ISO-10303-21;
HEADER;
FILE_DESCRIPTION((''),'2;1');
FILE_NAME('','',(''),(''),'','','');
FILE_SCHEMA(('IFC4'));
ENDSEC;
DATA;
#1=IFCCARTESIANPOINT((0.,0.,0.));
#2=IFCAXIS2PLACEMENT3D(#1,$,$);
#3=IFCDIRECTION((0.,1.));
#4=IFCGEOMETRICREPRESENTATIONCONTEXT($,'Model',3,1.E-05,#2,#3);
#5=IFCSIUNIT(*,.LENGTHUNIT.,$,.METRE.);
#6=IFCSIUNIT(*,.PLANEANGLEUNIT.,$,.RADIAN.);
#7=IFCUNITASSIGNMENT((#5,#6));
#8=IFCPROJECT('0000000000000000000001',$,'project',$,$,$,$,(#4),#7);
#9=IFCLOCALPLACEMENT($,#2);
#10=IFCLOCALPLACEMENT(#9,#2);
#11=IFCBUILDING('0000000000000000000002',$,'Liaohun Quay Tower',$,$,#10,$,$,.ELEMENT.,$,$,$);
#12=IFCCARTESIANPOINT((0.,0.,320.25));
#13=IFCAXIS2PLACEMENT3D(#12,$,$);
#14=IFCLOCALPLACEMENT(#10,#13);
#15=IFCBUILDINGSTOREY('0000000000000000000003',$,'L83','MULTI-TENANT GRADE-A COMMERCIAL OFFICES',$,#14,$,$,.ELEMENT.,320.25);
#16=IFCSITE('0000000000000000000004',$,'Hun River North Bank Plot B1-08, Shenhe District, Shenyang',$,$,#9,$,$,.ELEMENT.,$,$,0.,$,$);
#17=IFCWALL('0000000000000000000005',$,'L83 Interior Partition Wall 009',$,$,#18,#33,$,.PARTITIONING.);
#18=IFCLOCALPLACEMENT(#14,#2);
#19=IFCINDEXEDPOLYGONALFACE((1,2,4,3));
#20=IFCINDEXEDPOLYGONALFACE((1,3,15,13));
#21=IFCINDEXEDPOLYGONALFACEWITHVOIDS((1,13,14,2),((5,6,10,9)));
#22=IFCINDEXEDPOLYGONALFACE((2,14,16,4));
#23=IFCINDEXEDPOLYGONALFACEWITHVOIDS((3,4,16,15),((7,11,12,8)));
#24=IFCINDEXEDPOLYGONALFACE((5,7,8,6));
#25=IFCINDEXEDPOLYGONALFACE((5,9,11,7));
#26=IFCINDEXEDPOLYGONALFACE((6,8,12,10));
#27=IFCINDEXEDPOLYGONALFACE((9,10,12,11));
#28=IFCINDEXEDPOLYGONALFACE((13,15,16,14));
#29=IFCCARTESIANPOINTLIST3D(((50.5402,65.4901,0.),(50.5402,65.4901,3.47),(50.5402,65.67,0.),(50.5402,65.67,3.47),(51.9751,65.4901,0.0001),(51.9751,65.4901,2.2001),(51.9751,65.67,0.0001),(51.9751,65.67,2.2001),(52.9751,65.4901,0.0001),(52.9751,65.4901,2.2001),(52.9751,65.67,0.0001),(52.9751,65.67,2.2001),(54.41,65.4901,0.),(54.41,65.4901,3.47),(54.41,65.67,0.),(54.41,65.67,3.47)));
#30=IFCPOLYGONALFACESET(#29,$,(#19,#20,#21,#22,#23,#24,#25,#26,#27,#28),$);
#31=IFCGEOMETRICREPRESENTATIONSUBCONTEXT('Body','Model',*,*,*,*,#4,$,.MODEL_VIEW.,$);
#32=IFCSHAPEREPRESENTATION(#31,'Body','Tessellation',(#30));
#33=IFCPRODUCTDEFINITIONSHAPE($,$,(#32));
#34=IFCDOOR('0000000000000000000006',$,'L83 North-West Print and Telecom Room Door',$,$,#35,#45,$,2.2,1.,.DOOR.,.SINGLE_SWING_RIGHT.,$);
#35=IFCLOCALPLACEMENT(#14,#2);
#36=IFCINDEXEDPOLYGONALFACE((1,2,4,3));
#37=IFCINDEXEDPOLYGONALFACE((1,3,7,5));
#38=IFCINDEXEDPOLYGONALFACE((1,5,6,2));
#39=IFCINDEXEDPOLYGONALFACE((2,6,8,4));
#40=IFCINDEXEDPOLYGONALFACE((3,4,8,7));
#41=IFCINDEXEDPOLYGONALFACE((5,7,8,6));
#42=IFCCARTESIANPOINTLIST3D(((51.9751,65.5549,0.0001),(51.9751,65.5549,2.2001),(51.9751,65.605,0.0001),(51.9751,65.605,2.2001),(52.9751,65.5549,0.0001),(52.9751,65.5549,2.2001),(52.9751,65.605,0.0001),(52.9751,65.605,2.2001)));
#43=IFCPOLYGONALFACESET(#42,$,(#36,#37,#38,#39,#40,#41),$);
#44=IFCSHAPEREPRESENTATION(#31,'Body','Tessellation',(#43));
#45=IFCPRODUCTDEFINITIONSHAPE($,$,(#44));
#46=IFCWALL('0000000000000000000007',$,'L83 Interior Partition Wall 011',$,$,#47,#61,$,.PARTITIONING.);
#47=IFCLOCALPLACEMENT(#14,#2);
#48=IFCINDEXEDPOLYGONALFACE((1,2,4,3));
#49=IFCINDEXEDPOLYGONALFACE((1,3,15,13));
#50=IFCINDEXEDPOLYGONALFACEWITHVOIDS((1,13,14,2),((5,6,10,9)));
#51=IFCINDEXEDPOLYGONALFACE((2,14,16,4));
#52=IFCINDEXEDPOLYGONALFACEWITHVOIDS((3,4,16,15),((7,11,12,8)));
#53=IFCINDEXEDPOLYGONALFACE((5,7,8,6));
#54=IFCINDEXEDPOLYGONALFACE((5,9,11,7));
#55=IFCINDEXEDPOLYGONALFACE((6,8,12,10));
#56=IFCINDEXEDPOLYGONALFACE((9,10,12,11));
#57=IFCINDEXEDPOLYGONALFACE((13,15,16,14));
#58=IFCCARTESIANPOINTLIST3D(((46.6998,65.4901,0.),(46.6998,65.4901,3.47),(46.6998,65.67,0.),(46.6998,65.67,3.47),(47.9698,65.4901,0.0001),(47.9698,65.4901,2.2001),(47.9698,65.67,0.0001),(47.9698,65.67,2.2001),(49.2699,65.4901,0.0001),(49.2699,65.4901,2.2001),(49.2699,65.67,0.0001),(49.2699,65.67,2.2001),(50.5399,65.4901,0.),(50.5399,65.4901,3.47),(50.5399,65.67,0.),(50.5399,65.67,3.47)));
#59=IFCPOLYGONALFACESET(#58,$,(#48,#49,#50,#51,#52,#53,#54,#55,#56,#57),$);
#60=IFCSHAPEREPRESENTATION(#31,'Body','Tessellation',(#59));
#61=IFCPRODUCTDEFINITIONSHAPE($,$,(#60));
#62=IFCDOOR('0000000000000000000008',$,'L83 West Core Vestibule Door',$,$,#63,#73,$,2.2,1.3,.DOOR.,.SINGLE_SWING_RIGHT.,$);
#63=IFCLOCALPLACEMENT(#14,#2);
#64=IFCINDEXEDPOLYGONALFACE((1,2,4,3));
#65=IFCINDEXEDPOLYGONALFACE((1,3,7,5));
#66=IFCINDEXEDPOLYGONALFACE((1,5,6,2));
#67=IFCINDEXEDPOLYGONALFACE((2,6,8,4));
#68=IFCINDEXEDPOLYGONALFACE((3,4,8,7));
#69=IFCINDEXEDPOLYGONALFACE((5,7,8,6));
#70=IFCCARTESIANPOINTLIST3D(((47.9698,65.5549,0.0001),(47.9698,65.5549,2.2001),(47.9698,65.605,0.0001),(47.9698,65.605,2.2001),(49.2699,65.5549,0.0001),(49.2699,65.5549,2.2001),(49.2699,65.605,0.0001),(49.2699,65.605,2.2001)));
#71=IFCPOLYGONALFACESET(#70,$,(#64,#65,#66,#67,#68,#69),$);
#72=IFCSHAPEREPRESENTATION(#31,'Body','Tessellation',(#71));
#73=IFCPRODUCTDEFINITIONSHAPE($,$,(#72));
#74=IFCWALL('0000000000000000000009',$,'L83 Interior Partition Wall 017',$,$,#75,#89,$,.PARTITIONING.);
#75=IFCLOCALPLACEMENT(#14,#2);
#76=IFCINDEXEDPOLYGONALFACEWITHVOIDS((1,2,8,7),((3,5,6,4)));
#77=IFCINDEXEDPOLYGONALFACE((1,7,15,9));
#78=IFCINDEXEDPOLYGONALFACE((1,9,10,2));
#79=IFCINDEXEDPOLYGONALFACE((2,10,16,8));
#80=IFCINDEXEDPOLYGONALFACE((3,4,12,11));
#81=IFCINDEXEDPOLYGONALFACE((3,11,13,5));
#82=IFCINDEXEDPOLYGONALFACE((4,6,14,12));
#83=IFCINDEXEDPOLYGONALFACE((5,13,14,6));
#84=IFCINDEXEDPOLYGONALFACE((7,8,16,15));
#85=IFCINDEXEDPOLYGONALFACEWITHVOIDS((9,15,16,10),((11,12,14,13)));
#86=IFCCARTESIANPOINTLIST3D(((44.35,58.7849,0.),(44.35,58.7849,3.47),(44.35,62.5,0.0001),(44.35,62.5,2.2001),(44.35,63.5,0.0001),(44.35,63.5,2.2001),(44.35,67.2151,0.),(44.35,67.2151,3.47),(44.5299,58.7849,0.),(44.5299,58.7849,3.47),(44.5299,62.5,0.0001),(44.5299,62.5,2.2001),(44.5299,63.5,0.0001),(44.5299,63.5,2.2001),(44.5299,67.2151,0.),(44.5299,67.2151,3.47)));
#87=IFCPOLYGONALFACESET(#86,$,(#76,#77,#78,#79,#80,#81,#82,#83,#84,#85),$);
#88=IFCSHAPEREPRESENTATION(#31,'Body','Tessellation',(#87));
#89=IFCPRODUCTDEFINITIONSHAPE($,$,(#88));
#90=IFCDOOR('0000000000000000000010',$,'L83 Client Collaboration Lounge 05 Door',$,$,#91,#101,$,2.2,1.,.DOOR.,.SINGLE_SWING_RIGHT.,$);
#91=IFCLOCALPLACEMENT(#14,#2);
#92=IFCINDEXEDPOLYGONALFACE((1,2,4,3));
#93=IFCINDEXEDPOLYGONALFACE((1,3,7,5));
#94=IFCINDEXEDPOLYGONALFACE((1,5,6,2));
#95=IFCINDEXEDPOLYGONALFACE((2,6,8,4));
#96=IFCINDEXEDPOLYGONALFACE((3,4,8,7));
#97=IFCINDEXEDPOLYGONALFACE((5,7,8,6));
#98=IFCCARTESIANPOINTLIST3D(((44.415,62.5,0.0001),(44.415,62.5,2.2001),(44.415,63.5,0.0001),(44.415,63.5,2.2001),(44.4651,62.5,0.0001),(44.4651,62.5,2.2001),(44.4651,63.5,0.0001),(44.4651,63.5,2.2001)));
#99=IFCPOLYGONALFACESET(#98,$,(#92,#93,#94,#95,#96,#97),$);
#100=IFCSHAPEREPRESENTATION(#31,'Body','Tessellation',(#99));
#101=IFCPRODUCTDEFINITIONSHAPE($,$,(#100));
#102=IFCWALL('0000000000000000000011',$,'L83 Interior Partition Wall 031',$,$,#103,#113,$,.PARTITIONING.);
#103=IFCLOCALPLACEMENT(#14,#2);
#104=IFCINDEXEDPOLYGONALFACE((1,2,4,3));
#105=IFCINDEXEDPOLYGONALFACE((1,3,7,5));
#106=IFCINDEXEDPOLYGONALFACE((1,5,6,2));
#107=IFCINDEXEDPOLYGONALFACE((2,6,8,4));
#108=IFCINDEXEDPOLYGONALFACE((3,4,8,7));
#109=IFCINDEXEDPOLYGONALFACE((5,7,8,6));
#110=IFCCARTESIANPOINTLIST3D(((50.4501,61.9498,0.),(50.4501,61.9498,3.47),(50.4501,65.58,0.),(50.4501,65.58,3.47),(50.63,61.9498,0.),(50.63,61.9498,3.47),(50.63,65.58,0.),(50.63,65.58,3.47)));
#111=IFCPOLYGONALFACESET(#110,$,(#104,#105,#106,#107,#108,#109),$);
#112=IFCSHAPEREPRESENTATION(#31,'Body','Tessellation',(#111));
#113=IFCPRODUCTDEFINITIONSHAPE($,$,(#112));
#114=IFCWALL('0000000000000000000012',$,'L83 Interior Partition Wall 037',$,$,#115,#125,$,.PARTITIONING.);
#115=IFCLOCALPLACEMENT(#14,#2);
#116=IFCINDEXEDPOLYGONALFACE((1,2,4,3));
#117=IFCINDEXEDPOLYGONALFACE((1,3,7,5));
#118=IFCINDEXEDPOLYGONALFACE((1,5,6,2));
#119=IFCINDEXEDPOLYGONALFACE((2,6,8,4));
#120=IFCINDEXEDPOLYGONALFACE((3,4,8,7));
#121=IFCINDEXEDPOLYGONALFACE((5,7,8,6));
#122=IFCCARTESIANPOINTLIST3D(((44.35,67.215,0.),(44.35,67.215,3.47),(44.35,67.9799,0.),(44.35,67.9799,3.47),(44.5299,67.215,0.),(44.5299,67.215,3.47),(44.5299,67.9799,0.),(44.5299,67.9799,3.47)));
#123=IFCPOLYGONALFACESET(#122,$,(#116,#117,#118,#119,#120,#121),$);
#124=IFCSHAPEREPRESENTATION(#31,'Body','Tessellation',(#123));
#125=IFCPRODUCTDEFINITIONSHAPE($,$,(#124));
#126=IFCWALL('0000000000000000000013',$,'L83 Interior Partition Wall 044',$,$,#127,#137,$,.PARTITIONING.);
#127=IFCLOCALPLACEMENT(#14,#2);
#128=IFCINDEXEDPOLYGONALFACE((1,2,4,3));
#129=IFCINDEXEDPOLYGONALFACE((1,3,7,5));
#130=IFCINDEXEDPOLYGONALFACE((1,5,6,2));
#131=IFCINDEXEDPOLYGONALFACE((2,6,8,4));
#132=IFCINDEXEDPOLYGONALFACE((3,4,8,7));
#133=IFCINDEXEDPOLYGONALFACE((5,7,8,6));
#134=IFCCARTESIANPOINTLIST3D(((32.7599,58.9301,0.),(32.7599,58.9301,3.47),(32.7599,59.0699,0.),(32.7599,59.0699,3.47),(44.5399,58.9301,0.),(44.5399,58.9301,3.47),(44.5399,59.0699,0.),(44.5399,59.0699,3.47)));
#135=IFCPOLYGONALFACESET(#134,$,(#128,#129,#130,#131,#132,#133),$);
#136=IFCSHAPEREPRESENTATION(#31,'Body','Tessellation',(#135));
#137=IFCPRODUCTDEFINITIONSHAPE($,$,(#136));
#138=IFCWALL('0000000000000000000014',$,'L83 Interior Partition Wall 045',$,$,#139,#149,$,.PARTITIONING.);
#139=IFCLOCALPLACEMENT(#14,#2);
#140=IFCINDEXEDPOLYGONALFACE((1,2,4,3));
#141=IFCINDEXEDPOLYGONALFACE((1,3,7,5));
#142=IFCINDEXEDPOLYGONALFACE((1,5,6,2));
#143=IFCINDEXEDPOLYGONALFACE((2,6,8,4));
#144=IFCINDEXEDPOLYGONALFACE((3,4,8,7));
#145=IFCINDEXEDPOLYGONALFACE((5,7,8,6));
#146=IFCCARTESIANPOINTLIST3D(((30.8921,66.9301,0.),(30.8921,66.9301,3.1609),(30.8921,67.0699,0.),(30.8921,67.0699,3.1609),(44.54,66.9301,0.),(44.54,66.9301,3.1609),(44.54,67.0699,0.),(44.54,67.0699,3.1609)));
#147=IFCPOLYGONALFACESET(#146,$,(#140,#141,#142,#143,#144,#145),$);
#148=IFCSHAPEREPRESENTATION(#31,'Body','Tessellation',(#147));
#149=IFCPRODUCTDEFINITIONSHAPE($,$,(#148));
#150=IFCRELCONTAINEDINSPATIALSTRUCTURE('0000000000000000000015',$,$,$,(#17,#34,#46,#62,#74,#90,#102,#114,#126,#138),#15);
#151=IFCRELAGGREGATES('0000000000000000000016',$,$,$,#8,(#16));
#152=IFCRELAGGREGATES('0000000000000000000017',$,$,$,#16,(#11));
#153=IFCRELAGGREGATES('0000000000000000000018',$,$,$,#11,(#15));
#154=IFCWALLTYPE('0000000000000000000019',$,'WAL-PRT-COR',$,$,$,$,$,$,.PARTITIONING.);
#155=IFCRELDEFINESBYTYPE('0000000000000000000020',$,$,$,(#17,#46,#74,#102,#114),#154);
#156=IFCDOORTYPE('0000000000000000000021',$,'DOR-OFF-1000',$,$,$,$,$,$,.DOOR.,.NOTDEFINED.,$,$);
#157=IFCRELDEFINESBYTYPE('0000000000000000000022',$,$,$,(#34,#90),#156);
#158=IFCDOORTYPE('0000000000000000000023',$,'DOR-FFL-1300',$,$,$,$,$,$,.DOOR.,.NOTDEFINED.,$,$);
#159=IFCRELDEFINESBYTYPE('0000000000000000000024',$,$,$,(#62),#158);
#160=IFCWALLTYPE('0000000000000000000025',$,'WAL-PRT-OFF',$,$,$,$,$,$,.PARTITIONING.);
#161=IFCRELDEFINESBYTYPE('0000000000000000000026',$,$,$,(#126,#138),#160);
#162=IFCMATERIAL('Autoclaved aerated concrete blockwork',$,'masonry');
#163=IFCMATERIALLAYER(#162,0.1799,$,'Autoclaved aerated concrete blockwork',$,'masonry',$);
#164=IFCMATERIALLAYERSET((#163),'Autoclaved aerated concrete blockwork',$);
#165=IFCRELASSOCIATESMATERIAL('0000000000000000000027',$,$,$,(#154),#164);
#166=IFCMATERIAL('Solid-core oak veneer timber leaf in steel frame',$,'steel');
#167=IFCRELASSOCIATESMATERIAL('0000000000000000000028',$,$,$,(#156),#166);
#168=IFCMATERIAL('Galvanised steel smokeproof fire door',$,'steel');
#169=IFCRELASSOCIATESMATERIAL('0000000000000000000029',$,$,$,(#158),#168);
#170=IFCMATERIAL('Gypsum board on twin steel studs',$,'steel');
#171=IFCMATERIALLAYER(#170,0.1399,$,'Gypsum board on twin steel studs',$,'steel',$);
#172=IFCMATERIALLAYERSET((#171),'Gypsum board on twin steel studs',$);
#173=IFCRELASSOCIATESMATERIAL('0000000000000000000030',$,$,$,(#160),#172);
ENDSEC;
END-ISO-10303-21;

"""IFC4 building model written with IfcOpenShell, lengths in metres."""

from ifc_helpers import new_model, si_unit, direction, frame, frame_2d, origin, place, context, subcontext, project, spatial, rectangle, extrude, source, transform, mapped, material, layer, layer_set, type_object, element, fill, save


model = new_model("IFC4")

# Units and contexts
model_context = context("Model", 3, precision=1e-05, world=origin(), true_north=direction((0.0, 1.0)))
body_context = subcontext(model_context, "Body", "Model", "MODEL_VIEW")
ifc_project = project(units=[si_unit("LENGTHUNIT", "METRE"), si_unit("PLANEANGLEUNIT", "RADIAN")], contexts=[model_context])

# Site, building, storey
site_placement = place(None, origin())
site = spatial("IfcSite", under=ifc_project, at=site_placement, Name="Hun River North Bank Plot B1-08, Shenhe District, Shenyang", CompositionType="ELEMENT", RefElevation=0.0)
building_placement = place(site_placement, origin())
building = spatial("IfcBuilding", under=site, at=building_placement, Name="Liaohun Quay Tower", CompositionType="ELEMENT")
storey_placement = place(building_placement, frame((0.0, 0.0, 320.25)))
storey = spatial("IfcBuildingStorey", under=building, at=storey_placement, Name="L83", Description="MULTI-TENANT GRADE-A COMMERCIAL OFFICES", CompositionType="ELEMENT", Elevation=320.25)

# Walls, openings, doors
ifc_material_1 = material(Name="Autoclaved aerated concrete blockwork", Category="masonry")
ifc_layer_1 = layer(ifc_material_1, 0.1799, Name="Autoclaved aerated concrete blockwork", Category="masonry")
ifc_layer_set_1 = layer_set([ifc_layer_1], Name="Autoclaved aerated concrete blockwork")
wall_type_1 = type_object("IfcWallType", Name="WAL-PRT-COR", PredefinedType="PARTITIONING", material=ifc_layer_set_1)
wall_1_placement = place(storey_placement, frame((50.54, 65.5801, 0.0), z_axis=(0.0, 0.0, 1.0), x_axis=(1.0, 0.0, 0.0)))
wall_1 = element("IfcWall", 1, at=wall_1_placement, inside=storey, type_object=wall_type_1, Name="L83 Interior Partition Wall 009", PredefinedType="PARTITIONING", context=body_context, shape_type="SweptSolid", body=[
    extrude(rectangle(XDim=3.8699, YDim=0.1799, at=frame_2d((1.9351, 0.0))), origin(), (0.0, 0.0, 1.0), 3.47),
])
shared_shape_1 = source(origin(), body_context, "Body", "SweptSolid", [
    extrude(rectangle(XDim=1.0, YDim=2.2, at=frame_2d((0.5, 1.1001))), frame((0.0, 0.0999, 0.0), z_axis=(0.0, -1.0, 0.0), x_axis=(1.0, 0.0, 0.0)), (0.0, 0.0, 1.0), 0.2),
])
opening_1_placement = place(wall_1_placement, frame((1.4351, 0.0, 0.0)))
opening_1 = element("IfcOpeningElement", 2, at=opening_1_placement, cuts=wall_1, PredefinedType="OPENING", context=body_context, shape_type="MappedRepresentation", body=[
    mapped(shared_shape_1, transform((0.0, 0.0, 0.0), x_axis=(1.0, 0.0, 0.0), y_axis=(0.0, 1.0, 0.0), z_axis=(0.0, 0.0, 1.0), scale=1.0)),
])
ifc_material_2 = material(Name="Solid-core oak veneer timber leaf in steel frame", Category="steel")
door_type_1 = type_object("IfcDoorType", Name="DOR-OFF-1000", OperationType="NOTDEFINED", PredefinedType="DOOR", material=ifc_material_2)
shared_shape_2 = source(origin(), body_context, "Body", "SweptSolid", [
    extrude(rectangle(XDim=1.0, YDim=2.2, at=frame_2d((0.5, 1.1001))), frame((0.0, 0.0249, 0.0), z_axis=(0.0, -1.0, 0.0), x_axis=(1.0, 0.0, 0.0)), (0.0, 0.0, 1.0), 0.05),
])
door_1_placement = place(opening_1_placement, origin())
door_1 = element("IfcDoor", 3, at=door_1_placement, inside=storey, type_object=door_type_1, Name="L83 North-West Print and Telecom Room Door", OperationType="SINGLE_SWING_RIGHT", OverallHeight=2.2, OverallWidth=1.0, PredefinedType="DOOR", context=body_context, shape_type="MappedRepresentation", body=[
    mapped(shared_shape_2, transform((0.0, 0.0, 0.0), x_axis=(1.0, 0.0, 0.0), y_axis=(0.0, 1.0, 0.0), z_axis=(0.0, 0.0, 1.0), scale=1.0)),
])
fill(opening_1, door_1)
wall_2_placement = place(storey_placement, frame((46.7, 65.5801, 0.0), z_axis=(0.0, 0.0, 1.0), x_axis=(1.0, 0.0, 0.0)))
wall_2 = element("IfcWall", 4, at=wall_2_placement, inside=storey, type_object=wall_type_1, Name="L83 Interior Partition Wall 011", PredefinedType="PARTITIONING", context=body_context, shape_type="SweptSolid", body=[
    extrude(rectangle(XDim=3.8401, YDim=0.1799, at=frame_2d((1.9199, 0.0))), origin(), (0.0, 0.0, 1.0), 3.47),
])
shared_shape_3 = source(origin(), body_context, "Body", "SweptSolid", [
    extrude(rectangle(XDim=1.3, YDim=2.2, at=frame_2d((0.6499, 1.1001))), frame((0.0, 0.0999, 0.0), z_axis=(0.0, -1.0, 0.0), x_axis=(1.0, 0.0, 0.0)), (0.0, 0.0, 1.0), 0.2),
])
opening_2_placement = place(wall_2_placement, frame((1.27, 0.0, 0.0)))
opening_2 = element("IfcOpeningElement", 5, at=opening_2_placement, cuts=wall_2, PredefinedType="OPENING", context=body_context, shape_type="MappedRepresentation", body=[
    mapped(shared_shape_3, transform((0.0, 0.0, 0.0), x_axis=(1.0, 0.0, 0.0), y_axis=(0.0, 1.0, 0.0), z_axis=(0.0, 0.0, 1.0), scale=1.0)),
])
ifc_material_3 = material(Name="Galvanised steel smokeproof fire door", Category="steel")
door_type_2 = type_object("IfcDoorType", Name="DOR-FFL-1300", OperationType="NOTDEFINED", PredefinedType="DOOR", material=ifc_material_3)
shared_shape_4 = source(origin(), body_context, "Body", "SweptSolid", [
    extrude(rectangle(XDim=1.3, YDim=2.2, at=frame_2d((0.6499, 1.1001))), frame((0.0, 0.0249, 0.0), z_axis=(0.0, -1.0, 0.0), x_axis=(1.0, 0.0, 0.0)), (0.0, 0.0, 1.0), 0.05),
])
door_2_placement = place(opening_2_placement, origin())
door_2 = element("IfcDoor", 6, at=door_2_placement, inside=storey, type_object=door_type_2, Name="L83 West Core Vestibule Door", OperationType="SINGLE_SWING_RIGHT", OverallHeight=2.2, OverallWidth=1.3, PredefinedType="DOOR", context=body_context, shape_type="MappedRepresentation", body=[
    mapped(shared_shape_4, transform((0.0, 0.0, 0.0), x_axis=(1.0, 0.0, 0.0), y_axis=(0.0, 1.0, 0.0), z_axis=(0.0, 0.0, 1.0), scale=1.0)),
])
fill(opening_2, door_2)
wall_3_placement = place(storey_placement, frame((44.4399, 58.7849, 0.0), z_axis=(0.0, 0.0, 1.0), x_axis=(0.0, 1.0, 0.0)))
wall_3 = element("IfcWall", 7, at=wall_3_placement, inside=storey, type_object=wall_type_1, Name="L83 Interior Partition Wall 017", PredefinedType="PARTITIONING", context=body_context, shape_type="SweptSolid", body=[
    extrude(rectangle(XDim=8.4302, YDim=0.1799, at=frame_2d((4.2151, 0.0))), origin(), (0.0, 0.0, 1.0), 3.47),
])
opening_3_placement = place(wall_3_placement, frame((3.7151, 0.0, 0.0)))
opening_3 = element("IfcOpeningElement", 8, at=opening_3_placement, cuts=wall_3, PredefinedType="OPENING", context=body_context, shape_type="MappedRepresentation", body=[
    mapped(shared_shape_1, transform((0.0, 0.0, 0.0), x_axis=(1.0, 0.0, 0.0), y_axis=(0.0, 1.0, 0.0), z_axis=(0.0, 0.0, 1.0), scale=1.0)),
])
door_3_placement = place(opening_3_placement, origin())
door_3 = element("IfcDoor", 9, at=door_3_placement, inside=storey, type_object=door_type_1, Name="L83 Client Collaboration Lounge 05 Door", OperationType="SINGLE_SWING_RIGHT", OverallHeight=2.2, OverallWidth=1.0, PredefinedType="DOOR", context=body_context, shape_type="MappedRepresentation", body=[
    mapped(shared_shape_2, transform((0.0, 0.0, 0.0), x_axis=(1.0, 0.0, 0.0), y_axis=(0.0, 1.0, 0.0), z_axis=(0.0, 0.0, 1.0), scale=1.0)),
])
fill(opening_3, door_3)

# Walls
wall_4_placement = place(storey_placement, frame((50.54, 61.95, 0.0), z_axis=(0.0, 0.0, 1.0), x_axis=(0.0, 1.0, 0.0)))
element("IfcWall", 10, at=wall_4_placement, inside=storey, type_object=wall_type_1, Name="L83 Interior Partition Wall 031", PredefinedType="PARTITIONING", context=body_context, shape_type="SweptSolid", body=[
    extrude(rectangle(XDim=3.6301, YDim=0.1799, at=frame_2d((1.8149, 0.0))), origin(), (0.0, 0.0, 1.0), 3.47),
])
wall_5_placement = place(storey_placement, frame((44.4399, 67.2151, 0.0), z_axis=(0.0, 0.0, 1.0), x_axis=(0.0, 1.0, 0.0)))
element("IfcWall", 11, at=wall_5_placement, inside=storey, type_object=wall_type_1, Name="L83 Interior Partition Wall 037", PredefinedType="PARTITIONING", context=body_context, shape_type="SweptSolid", body=[
    extrude(rectangle(XDim=0.7649, YDim=0.1799, at=frame_2d((0.3823, 0.0))), origin(), (0.0, 0.0, 1.0), 3.47),
])
ifc_material_4 = material(Name="Gypsum board on twin steel studs", Category="steel")
ifc_layer_2 = layer(ifc_material_4, 0.1399, Name="Gypsum board on twin steel studs", Category="steel")
ifc_layer_set_2 = layer_set([ifc_layer_2], Name="Gypsum board on twin steel studs")
wall_type_2 = type_object("IfcWallType", Name="WAL-PRT-OFF", PredefinedType="PARTITIONING", material=ifc_layer_set_2)
wall_6_placement = place(storey_placement, frame((44.54, 59.0, 0.0), z_axis=(0.0, 0.0, 1.0), x_axis=(-1.0, 0.0, 0.0)))
element("IfcWall", 12, at=wall_6_placement, inside=storey, type_object=wall_type_2, Name="L83 Interior Partition Wall 044", PredefinedType="PARTITIONING", context=body_context, shape_type="SweptSolid", body=[
    extrude(rectangle(XDim=11.78, YDim=0.1399, at=frame_2d((5.8901, 0.0))), origin(), (0.0, 0.0, 1.0), 3.47),
])
wall_7_placement = place(storey_placement, frame((44.54, 67.0, 0.0), z_axis=(0.0, 0.0, 1.0), x_axis=(-1.0, 0.0, 0.0)))
element("IfcWall", 13, at=wall_7_placement, inside=storey, type_object=wall_type_2, Name="L83 Interior Partition Wall 045", PredefinedType="PARTITIONING", context=body_context, shape_type="SweptSolid", body=[
    extrude(rectangle(XDim=13.6479, YDim=0.1399, at=frame_2d((6.824, 0.0))), origin(), (0.0, 0.0, 1.0), 3.1609),
])

save(model, "model.ifc")
